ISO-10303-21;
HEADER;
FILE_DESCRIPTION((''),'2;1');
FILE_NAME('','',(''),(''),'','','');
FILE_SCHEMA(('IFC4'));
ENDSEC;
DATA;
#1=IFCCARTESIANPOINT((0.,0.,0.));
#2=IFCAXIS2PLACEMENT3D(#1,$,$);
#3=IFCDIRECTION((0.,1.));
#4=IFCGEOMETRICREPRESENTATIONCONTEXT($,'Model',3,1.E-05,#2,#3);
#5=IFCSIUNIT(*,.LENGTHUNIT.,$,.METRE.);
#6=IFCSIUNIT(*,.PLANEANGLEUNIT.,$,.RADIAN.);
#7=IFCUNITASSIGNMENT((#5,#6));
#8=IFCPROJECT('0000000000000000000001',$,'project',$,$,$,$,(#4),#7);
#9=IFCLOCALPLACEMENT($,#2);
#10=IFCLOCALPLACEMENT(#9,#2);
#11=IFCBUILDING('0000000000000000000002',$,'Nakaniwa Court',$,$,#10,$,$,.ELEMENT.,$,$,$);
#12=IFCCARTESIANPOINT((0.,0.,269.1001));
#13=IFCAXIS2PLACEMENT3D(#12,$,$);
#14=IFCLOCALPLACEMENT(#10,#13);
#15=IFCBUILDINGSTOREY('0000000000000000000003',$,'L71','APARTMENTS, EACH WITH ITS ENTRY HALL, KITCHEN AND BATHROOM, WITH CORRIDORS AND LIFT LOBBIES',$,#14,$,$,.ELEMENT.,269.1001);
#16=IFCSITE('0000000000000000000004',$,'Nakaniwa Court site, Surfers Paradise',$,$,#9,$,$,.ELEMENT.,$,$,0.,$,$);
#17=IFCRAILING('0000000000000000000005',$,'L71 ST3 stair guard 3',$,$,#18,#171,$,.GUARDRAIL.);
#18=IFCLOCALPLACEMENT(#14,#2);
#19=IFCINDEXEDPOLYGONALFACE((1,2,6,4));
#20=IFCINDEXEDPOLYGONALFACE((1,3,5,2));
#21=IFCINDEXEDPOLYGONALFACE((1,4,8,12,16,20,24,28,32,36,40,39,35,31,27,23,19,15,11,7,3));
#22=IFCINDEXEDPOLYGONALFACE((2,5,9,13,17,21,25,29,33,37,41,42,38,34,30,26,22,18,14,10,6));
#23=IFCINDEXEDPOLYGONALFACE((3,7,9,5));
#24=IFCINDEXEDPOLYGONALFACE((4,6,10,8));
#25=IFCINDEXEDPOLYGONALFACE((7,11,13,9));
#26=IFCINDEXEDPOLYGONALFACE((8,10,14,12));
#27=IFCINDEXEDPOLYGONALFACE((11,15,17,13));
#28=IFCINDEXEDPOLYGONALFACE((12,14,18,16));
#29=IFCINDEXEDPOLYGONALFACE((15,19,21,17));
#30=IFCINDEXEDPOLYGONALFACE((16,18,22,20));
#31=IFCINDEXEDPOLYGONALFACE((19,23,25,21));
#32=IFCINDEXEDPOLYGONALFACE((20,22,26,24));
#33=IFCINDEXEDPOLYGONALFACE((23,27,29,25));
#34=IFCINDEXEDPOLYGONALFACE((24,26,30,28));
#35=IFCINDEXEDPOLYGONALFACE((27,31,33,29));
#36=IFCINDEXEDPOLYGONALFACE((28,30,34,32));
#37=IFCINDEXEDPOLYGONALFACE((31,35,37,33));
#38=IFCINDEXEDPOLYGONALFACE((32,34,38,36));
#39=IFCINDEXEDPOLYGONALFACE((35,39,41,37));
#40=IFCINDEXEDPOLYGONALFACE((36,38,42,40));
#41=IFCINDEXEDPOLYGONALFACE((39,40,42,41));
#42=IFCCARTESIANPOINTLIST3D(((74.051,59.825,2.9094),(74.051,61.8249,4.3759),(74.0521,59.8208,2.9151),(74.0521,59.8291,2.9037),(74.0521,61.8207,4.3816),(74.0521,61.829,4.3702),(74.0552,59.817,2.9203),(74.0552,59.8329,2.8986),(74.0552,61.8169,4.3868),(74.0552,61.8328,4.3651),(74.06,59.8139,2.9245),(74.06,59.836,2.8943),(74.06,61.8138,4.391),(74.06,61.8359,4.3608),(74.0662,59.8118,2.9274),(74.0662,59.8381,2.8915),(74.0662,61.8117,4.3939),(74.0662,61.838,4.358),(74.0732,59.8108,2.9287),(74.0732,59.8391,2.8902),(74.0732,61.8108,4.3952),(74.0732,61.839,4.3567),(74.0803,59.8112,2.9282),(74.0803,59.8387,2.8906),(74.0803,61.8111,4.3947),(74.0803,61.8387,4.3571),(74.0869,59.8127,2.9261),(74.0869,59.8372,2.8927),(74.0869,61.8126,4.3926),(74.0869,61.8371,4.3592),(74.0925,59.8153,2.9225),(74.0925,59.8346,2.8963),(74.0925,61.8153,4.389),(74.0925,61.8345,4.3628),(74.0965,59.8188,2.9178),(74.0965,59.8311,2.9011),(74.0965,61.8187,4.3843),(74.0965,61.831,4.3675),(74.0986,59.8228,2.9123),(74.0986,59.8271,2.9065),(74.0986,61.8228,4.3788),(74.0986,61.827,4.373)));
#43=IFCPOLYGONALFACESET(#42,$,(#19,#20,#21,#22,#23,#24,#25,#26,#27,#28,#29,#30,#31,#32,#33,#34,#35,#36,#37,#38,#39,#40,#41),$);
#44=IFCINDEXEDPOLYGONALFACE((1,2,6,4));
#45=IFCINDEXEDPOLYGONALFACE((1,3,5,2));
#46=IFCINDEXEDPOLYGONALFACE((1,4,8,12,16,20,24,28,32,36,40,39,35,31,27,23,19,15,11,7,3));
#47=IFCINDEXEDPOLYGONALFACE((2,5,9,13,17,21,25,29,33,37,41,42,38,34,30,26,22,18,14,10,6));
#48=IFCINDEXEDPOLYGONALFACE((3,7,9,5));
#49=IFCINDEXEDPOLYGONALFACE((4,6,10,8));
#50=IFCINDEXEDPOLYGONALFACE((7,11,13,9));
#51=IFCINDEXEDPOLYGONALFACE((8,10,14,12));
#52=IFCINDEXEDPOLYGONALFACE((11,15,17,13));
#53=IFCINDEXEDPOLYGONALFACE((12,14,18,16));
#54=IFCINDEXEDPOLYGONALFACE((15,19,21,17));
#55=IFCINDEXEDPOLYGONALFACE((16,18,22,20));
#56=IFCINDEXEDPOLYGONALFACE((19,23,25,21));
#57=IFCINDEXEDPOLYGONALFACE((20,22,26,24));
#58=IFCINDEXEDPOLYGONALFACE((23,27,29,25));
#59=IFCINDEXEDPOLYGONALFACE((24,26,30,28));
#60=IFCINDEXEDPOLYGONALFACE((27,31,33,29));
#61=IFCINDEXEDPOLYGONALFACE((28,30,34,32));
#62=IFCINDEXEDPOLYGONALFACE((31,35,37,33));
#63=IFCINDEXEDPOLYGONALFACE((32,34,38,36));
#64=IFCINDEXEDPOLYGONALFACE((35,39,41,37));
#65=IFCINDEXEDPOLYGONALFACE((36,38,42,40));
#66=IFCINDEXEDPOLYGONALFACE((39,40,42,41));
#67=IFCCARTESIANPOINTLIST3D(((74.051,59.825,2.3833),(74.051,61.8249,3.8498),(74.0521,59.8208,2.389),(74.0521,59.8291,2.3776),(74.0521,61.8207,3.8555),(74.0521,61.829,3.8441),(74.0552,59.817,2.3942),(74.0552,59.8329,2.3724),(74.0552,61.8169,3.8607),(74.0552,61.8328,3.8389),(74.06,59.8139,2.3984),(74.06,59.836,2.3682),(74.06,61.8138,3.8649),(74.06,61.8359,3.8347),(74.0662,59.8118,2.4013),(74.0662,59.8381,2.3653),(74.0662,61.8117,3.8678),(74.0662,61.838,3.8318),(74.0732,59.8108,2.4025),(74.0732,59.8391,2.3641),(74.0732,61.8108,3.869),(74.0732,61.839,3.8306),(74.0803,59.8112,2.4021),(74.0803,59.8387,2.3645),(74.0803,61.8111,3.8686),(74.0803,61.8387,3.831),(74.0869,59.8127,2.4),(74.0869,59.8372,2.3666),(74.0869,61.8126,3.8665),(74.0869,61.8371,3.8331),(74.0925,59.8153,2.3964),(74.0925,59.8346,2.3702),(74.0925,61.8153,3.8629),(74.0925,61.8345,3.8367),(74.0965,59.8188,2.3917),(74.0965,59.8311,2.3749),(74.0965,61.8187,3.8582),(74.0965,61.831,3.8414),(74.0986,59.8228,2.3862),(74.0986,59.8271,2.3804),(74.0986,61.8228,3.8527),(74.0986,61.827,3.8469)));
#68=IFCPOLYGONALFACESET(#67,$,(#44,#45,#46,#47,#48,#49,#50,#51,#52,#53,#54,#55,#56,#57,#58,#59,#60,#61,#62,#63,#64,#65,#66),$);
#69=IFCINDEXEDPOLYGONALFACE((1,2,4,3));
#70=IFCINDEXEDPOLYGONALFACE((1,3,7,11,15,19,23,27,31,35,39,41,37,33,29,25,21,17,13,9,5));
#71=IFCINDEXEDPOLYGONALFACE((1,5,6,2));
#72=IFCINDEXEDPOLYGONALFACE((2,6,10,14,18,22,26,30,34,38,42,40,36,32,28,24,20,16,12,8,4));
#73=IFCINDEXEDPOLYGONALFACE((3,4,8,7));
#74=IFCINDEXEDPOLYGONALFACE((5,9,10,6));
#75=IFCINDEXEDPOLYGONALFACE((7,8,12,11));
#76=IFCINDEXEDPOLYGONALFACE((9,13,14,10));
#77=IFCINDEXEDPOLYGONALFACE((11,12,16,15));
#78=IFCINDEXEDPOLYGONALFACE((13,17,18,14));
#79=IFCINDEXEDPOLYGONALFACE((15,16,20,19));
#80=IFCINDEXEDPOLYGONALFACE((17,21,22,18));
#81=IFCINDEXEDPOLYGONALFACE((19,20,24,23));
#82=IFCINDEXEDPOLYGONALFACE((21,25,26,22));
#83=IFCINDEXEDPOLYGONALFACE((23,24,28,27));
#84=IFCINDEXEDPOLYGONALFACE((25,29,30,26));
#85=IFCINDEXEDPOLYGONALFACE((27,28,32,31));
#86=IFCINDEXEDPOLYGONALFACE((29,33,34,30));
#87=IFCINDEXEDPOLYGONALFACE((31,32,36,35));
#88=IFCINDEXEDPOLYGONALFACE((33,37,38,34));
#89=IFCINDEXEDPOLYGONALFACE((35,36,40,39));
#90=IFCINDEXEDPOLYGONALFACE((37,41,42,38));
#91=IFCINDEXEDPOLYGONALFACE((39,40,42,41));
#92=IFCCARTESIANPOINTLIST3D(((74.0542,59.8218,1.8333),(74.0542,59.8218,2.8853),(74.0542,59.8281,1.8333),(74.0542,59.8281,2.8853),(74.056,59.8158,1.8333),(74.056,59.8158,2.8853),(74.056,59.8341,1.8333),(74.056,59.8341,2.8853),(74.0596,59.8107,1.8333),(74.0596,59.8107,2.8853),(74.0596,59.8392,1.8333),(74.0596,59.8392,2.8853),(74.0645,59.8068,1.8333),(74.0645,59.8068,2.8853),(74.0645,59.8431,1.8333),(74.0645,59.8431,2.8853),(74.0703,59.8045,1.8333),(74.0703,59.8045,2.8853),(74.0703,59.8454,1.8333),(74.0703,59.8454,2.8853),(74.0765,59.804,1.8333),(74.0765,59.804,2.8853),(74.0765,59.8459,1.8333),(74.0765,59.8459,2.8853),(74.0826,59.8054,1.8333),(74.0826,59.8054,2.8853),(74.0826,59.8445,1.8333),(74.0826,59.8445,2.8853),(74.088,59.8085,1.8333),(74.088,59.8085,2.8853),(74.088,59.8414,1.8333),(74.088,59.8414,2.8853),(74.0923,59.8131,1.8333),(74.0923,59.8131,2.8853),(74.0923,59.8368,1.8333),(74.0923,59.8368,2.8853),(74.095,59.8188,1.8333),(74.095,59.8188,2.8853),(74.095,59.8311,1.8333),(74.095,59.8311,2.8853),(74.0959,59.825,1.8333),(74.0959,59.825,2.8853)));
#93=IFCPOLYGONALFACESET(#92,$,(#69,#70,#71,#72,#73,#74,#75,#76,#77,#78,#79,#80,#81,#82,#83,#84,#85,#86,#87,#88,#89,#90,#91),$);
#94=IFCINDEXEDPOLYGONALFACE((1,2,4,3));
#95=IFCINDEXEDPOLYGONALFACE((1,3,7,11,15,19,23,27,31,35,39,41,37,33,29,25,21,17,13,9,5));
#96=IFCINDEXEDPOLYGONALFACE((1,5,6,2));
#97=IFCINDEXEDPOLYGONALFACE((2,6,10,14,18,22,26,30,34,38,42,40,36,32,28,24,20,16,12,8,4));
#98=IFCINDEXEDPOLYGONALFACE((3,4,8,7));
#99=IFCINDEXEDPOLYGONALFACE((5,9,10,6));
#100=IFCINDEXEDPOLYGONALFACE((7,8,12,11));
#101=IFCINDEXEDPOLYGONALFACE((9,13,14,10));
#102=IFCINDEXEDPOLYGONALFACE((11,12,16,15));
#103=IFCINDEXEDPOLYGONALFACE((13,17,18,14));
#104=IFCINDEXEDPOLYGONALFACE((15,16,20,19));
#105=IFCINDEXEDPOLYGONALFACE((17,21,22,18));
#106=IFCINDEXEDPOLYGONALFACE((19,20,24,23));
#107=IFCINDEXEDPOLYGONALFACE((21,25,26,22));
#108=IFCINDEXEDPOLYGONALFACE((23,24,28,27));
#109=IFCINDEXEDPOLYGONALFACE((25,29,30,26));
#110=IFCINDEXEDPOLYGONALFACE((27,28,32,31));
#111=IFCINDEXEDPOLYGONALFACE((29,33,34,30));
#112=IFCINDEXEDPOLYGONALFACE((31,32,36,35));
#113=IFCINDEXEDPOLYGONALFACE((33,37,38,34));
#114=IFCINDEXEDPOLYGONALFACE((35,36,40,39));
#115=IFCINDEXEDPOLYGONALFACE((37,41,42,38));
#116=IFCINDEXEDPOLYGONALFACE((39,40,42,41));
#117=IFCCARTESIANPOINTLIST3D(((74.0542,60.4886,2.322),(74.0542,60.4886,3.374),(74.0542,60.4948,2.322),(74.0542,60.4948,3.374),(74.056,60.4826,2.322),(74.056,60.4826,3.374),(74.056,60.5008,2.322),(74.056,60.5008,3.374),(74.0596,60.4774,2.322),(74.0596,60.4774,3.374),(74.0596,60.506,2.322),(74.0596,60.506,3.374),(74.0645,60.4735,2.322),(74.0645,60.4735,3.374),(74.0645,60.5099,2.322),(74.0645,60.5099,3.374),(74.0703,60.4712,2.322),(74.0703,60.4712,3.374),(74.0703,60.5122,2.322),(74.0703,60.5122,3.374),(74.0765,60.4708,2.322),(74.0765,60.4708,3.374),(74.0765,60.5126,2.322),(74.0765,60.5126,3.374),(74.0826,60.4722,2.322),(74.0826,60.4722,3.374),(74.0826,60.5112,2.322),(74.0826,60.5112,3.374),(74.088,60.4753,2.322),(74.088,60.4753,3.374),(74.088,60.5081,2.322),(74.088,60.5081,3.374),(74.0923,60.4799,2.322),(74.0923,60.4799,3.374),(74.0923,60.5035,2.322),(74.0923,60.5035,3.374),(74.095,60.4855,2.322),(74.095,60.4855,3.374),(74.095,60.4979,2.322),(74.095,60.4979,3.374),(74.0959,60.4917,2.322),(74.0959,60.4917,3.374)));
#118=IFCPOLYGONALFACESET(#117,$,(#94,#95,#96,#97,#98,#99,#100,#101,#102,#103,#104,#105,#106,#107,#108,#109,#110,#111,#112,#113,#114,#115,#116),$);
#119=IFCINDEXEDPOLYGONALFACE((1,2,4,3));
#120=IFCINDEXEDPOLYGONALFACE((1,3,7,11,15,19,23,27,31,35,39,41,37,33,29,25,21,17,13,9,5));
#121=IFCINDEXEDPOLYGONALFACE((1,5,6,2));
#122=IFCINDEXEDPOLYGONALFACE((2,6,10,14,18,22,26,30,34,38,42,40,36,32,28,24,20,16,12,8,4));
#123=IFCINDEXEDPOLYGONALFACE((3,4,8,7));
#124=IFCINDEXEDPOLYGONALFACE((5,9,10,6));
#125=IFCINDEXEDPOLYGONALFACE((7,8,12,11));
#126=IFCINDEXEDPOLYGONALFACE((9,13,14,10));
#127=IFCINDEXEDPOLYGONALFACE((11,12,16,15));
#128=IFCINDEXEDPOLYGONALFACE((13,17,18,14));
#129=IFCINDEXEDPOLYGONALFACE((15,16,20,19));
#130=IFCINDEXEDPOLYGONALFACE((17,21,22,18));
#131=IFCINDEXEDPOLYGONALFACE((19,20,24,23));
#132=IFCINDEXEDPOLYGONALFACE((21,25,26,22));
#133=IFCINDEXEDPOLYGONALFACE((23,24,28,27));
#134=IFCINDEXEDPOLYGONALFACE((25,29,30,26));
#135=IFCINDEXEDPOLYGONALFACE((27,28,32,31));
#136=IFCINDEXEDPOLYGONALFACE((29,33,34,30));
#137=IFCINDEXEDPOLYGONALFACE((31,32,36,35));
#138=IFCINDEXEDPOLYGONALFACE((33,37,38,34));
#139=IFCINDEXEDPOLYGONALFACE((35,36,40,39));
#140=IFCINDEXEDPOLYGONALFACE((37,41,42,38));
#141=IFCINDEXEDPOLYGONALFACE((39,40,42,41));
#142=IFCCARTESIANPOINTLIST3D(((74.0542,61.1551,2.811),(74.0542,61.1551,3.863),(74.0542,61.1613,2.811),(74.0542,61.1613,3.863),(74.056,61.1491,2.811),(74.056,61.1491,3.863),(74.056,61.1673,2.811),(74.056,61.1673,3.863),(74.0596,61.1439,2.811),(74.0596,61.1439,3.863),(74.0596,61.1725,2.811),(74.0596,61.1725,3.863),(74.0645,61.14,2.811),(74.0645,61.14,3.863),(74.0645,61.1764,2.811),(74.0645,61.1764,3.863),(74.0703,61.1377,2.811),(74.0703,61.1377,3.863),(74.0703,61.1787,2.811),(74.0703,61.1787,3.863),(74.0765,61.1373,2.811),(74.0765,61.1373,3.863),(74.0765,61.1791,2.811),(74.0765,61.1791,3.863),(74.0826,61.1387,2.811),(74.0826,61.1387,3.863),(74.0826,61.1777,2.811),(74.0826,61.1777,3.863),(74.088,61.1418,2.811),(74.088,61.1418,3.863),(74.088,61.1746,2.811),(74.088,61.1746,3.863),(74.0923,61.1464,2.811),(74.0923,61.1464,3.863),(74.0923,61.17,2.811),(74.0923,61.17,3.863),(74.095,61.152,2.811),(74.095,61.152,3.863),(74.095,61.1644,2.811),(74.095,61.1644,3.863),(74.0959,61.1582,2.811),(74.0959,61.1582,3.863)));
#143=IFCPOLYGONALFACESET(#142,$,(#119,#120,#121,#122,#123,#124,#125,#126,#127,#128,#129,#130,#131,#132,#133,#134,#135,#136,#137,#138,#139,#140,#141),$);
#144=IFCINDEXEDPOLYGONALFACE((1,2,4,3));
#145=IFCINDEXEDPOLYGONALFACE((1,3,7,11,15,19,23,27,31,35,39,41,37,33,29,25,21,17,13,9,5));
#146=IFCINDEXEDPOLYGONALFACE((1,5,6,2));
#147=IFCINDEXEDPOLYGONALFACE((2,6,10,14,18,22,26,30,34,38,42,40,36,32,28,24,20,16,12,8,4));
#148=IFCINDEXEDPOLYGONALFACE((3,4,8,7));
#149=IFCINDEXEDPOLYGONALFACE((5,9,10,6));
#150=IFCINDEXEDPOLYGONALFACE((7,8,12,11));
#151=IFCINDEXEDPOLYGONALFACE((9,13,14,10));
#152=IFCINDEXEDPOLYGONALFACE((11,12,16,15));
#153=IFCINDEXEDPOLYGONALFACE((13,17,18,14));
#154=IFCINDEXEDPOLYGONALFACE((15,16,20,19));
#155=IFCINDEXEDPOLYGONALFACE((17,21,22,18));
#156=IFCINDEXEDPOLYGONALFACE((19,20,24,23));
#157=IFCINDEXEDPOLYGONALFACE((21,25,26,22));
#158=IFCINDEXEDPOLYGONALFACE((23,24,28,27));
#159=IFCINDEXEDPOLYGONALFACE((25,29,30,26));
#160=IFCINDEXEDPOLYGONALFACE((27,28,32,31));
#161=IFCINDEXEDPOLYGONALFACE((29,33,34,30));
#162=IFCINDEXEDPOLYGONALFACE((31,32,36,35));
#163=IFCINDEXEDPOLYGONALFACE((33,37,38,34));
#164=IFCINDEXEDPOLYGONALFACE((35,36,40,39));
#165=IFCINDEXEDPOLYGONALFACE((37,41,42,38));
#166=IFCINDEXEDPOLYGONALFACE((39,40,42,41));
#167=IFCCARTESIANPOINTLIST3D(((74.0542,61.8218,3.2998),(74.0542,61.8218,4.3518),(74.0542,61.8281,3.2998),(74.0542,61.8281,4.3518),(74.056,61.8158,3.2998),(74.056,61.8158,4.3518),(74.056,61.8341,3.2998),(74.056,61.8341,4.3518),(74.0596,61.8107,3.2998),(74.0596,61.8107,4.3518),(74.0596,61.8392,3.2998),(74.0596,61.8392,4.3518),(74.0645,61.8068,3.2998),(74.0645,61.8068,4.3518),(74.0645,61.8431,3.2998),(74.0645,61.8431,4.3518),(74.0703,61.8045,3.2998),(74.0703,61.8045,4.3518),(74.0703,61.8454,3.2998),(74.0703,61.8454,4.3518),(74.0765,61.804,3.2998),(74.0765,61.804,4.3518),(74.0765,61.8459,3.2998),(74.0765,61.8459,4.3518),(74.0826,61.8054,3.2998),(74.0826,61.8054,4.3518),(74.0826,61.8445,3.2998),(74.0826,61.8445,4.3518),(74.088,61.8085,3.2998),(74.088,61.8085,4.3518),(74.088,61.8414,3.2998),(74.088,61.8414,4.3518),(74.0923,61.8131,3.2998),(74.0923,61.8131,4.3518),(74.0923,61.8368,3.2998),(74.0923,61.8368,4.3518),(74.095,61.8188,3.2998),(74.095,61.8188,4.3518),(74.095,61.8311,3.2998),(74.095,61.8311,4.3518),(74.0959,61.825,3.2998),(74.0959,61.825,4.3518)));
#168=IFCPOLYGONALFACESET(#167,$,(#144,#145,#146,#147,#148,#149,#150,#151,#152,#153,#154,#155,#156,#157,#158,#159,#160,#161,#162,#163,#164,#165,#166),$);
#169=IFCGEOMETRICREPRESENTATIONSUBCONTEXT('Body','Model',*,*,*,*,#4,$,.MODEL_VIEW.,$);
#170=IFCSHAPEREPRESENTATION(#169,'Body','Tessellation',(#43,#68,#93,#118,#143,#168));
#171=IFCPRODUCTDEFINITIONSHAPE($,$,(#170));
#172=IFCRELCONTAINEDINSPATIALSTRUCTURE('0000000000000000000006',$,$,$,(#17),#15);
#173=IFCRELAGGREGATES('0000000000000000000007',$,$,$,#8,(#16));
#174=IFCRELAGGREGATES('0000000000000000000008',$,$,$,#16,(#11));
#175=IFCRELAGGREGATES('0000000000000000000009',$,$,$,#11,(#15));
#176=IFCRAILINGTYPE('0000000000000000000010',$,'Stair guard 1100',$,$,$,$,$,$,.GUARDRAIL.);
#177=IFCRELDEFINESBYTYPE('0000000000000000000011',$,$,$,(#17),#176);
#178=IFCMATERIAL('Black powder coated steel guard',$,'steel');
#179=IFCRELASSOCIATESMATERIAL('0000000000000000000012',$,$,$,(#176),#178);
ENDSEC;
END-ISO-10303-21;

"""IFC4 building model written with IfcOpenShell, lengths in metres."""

from ifc_helpers import new_model, si_unit, direction, frame, origin, origin_2d, place, context, subcontext, project, spatial, circle, extrude, material, type_object, element, save


model = new_model("IFC4")

# Units and contexts
model_context = context("Model", 3, precision=1e-05, world=origin(), true_north=direction((0.0, 1.0)))
body_context = subcontext(model_context, "Body", "Model", "MODEL_VIEW")
ifc_project = project(units=[si_unit("LENGTHUNIT", "METRE"), si_unit("PLANEANGLEUNIT", "RADIAN")], contexts=[model_context])

# Site, building, storey
site_placement = place(None, origin())
site = spatial("IfcSite", under=ifc_project, at=site_placement, Name="Nakaniwa Court site, Surfers Paradise", CompositionType="ELEMENT", RefElevation=0.0)
building_placement = place(site_placement, origin())
building = spatial("IfcBuilding", under=site, at=building_placement, Name="Nakaniwa Court", CompositionType="ELEMENT")
storey_placement = place(building_placement, frame((0.0, 0.0, 269.1001)))
storey = spatial("IfcBuildingStorey", under=building, at=storey_placement, Name="L71", Description="APARTMENTS, EACH WITH ITS ENTRY HALL, KITCHEN AND BATHROOM, WITH CORRIDORS AND LIFT LOBBIES", CompositionType="ELEMENT", Elevation=269.1001)

# Railing
ifc_material_1 = material(Name="Black powder coated steel guard", Category="steel")
railing_type_1 = type_object("IfcRailingType", Name="Stair guard 1100", PredefinedType="GUARDRAIL", material=ifc_material_1)
railing_1_placement = place(storey_placement, frame((74.075, 59.825, 1.8333)))
element("IfcRailing", 1, at=railing_1_placement, inside=storey, type_object=railing_type_1, Name="L71 ST3 stair guard 3", PredefinedType="GUARDRAIL", context=body_context, shape_type="SweptSolid", body=[
    extrude(circle(Radius=0.0239, at=origin_2d()), frame((0.0, 0.0, 1.0762), z_axis=(0.0, 0.806427, 0.591334), x_axis=(-1.0, 0.0, 0.0)), (0.0, 0.0, 1.0), 2.48),
    extrude(circle(Radius=0.0239, at=origin_2d()), frame((0.0, 0.0, 0.55), z_axis=(0.0, 0.806427, 0.591334), x_axis=(-1.0, 0.0, 0.0)), (0.0, 0.0, 1.0), 2.48),
    extrude(circle(Radius=0.021, at=origin_2d()), origin(), (0.0, 0.0, 1.0), 1.052),
    extrude(circle(Radius=0.021, at=origin_2d()), frame((0.0, 0.6667, 0.4888)), (0.0, 0.0, 1.0), 1.052),
    extrude(circle(Radius=0.021, at=origin_2d()), frame((0.0, 1.3333, 0.9778)), (0.0, 0.0, 1.0), 1.052),
    extrude(circle(Radius=0.021, at=origin_2d()), frame((0.0, 2.0, 1.4666)), (0.0, 0.0, 1.0), 1.052),
])

save(model, "model.ifc")
